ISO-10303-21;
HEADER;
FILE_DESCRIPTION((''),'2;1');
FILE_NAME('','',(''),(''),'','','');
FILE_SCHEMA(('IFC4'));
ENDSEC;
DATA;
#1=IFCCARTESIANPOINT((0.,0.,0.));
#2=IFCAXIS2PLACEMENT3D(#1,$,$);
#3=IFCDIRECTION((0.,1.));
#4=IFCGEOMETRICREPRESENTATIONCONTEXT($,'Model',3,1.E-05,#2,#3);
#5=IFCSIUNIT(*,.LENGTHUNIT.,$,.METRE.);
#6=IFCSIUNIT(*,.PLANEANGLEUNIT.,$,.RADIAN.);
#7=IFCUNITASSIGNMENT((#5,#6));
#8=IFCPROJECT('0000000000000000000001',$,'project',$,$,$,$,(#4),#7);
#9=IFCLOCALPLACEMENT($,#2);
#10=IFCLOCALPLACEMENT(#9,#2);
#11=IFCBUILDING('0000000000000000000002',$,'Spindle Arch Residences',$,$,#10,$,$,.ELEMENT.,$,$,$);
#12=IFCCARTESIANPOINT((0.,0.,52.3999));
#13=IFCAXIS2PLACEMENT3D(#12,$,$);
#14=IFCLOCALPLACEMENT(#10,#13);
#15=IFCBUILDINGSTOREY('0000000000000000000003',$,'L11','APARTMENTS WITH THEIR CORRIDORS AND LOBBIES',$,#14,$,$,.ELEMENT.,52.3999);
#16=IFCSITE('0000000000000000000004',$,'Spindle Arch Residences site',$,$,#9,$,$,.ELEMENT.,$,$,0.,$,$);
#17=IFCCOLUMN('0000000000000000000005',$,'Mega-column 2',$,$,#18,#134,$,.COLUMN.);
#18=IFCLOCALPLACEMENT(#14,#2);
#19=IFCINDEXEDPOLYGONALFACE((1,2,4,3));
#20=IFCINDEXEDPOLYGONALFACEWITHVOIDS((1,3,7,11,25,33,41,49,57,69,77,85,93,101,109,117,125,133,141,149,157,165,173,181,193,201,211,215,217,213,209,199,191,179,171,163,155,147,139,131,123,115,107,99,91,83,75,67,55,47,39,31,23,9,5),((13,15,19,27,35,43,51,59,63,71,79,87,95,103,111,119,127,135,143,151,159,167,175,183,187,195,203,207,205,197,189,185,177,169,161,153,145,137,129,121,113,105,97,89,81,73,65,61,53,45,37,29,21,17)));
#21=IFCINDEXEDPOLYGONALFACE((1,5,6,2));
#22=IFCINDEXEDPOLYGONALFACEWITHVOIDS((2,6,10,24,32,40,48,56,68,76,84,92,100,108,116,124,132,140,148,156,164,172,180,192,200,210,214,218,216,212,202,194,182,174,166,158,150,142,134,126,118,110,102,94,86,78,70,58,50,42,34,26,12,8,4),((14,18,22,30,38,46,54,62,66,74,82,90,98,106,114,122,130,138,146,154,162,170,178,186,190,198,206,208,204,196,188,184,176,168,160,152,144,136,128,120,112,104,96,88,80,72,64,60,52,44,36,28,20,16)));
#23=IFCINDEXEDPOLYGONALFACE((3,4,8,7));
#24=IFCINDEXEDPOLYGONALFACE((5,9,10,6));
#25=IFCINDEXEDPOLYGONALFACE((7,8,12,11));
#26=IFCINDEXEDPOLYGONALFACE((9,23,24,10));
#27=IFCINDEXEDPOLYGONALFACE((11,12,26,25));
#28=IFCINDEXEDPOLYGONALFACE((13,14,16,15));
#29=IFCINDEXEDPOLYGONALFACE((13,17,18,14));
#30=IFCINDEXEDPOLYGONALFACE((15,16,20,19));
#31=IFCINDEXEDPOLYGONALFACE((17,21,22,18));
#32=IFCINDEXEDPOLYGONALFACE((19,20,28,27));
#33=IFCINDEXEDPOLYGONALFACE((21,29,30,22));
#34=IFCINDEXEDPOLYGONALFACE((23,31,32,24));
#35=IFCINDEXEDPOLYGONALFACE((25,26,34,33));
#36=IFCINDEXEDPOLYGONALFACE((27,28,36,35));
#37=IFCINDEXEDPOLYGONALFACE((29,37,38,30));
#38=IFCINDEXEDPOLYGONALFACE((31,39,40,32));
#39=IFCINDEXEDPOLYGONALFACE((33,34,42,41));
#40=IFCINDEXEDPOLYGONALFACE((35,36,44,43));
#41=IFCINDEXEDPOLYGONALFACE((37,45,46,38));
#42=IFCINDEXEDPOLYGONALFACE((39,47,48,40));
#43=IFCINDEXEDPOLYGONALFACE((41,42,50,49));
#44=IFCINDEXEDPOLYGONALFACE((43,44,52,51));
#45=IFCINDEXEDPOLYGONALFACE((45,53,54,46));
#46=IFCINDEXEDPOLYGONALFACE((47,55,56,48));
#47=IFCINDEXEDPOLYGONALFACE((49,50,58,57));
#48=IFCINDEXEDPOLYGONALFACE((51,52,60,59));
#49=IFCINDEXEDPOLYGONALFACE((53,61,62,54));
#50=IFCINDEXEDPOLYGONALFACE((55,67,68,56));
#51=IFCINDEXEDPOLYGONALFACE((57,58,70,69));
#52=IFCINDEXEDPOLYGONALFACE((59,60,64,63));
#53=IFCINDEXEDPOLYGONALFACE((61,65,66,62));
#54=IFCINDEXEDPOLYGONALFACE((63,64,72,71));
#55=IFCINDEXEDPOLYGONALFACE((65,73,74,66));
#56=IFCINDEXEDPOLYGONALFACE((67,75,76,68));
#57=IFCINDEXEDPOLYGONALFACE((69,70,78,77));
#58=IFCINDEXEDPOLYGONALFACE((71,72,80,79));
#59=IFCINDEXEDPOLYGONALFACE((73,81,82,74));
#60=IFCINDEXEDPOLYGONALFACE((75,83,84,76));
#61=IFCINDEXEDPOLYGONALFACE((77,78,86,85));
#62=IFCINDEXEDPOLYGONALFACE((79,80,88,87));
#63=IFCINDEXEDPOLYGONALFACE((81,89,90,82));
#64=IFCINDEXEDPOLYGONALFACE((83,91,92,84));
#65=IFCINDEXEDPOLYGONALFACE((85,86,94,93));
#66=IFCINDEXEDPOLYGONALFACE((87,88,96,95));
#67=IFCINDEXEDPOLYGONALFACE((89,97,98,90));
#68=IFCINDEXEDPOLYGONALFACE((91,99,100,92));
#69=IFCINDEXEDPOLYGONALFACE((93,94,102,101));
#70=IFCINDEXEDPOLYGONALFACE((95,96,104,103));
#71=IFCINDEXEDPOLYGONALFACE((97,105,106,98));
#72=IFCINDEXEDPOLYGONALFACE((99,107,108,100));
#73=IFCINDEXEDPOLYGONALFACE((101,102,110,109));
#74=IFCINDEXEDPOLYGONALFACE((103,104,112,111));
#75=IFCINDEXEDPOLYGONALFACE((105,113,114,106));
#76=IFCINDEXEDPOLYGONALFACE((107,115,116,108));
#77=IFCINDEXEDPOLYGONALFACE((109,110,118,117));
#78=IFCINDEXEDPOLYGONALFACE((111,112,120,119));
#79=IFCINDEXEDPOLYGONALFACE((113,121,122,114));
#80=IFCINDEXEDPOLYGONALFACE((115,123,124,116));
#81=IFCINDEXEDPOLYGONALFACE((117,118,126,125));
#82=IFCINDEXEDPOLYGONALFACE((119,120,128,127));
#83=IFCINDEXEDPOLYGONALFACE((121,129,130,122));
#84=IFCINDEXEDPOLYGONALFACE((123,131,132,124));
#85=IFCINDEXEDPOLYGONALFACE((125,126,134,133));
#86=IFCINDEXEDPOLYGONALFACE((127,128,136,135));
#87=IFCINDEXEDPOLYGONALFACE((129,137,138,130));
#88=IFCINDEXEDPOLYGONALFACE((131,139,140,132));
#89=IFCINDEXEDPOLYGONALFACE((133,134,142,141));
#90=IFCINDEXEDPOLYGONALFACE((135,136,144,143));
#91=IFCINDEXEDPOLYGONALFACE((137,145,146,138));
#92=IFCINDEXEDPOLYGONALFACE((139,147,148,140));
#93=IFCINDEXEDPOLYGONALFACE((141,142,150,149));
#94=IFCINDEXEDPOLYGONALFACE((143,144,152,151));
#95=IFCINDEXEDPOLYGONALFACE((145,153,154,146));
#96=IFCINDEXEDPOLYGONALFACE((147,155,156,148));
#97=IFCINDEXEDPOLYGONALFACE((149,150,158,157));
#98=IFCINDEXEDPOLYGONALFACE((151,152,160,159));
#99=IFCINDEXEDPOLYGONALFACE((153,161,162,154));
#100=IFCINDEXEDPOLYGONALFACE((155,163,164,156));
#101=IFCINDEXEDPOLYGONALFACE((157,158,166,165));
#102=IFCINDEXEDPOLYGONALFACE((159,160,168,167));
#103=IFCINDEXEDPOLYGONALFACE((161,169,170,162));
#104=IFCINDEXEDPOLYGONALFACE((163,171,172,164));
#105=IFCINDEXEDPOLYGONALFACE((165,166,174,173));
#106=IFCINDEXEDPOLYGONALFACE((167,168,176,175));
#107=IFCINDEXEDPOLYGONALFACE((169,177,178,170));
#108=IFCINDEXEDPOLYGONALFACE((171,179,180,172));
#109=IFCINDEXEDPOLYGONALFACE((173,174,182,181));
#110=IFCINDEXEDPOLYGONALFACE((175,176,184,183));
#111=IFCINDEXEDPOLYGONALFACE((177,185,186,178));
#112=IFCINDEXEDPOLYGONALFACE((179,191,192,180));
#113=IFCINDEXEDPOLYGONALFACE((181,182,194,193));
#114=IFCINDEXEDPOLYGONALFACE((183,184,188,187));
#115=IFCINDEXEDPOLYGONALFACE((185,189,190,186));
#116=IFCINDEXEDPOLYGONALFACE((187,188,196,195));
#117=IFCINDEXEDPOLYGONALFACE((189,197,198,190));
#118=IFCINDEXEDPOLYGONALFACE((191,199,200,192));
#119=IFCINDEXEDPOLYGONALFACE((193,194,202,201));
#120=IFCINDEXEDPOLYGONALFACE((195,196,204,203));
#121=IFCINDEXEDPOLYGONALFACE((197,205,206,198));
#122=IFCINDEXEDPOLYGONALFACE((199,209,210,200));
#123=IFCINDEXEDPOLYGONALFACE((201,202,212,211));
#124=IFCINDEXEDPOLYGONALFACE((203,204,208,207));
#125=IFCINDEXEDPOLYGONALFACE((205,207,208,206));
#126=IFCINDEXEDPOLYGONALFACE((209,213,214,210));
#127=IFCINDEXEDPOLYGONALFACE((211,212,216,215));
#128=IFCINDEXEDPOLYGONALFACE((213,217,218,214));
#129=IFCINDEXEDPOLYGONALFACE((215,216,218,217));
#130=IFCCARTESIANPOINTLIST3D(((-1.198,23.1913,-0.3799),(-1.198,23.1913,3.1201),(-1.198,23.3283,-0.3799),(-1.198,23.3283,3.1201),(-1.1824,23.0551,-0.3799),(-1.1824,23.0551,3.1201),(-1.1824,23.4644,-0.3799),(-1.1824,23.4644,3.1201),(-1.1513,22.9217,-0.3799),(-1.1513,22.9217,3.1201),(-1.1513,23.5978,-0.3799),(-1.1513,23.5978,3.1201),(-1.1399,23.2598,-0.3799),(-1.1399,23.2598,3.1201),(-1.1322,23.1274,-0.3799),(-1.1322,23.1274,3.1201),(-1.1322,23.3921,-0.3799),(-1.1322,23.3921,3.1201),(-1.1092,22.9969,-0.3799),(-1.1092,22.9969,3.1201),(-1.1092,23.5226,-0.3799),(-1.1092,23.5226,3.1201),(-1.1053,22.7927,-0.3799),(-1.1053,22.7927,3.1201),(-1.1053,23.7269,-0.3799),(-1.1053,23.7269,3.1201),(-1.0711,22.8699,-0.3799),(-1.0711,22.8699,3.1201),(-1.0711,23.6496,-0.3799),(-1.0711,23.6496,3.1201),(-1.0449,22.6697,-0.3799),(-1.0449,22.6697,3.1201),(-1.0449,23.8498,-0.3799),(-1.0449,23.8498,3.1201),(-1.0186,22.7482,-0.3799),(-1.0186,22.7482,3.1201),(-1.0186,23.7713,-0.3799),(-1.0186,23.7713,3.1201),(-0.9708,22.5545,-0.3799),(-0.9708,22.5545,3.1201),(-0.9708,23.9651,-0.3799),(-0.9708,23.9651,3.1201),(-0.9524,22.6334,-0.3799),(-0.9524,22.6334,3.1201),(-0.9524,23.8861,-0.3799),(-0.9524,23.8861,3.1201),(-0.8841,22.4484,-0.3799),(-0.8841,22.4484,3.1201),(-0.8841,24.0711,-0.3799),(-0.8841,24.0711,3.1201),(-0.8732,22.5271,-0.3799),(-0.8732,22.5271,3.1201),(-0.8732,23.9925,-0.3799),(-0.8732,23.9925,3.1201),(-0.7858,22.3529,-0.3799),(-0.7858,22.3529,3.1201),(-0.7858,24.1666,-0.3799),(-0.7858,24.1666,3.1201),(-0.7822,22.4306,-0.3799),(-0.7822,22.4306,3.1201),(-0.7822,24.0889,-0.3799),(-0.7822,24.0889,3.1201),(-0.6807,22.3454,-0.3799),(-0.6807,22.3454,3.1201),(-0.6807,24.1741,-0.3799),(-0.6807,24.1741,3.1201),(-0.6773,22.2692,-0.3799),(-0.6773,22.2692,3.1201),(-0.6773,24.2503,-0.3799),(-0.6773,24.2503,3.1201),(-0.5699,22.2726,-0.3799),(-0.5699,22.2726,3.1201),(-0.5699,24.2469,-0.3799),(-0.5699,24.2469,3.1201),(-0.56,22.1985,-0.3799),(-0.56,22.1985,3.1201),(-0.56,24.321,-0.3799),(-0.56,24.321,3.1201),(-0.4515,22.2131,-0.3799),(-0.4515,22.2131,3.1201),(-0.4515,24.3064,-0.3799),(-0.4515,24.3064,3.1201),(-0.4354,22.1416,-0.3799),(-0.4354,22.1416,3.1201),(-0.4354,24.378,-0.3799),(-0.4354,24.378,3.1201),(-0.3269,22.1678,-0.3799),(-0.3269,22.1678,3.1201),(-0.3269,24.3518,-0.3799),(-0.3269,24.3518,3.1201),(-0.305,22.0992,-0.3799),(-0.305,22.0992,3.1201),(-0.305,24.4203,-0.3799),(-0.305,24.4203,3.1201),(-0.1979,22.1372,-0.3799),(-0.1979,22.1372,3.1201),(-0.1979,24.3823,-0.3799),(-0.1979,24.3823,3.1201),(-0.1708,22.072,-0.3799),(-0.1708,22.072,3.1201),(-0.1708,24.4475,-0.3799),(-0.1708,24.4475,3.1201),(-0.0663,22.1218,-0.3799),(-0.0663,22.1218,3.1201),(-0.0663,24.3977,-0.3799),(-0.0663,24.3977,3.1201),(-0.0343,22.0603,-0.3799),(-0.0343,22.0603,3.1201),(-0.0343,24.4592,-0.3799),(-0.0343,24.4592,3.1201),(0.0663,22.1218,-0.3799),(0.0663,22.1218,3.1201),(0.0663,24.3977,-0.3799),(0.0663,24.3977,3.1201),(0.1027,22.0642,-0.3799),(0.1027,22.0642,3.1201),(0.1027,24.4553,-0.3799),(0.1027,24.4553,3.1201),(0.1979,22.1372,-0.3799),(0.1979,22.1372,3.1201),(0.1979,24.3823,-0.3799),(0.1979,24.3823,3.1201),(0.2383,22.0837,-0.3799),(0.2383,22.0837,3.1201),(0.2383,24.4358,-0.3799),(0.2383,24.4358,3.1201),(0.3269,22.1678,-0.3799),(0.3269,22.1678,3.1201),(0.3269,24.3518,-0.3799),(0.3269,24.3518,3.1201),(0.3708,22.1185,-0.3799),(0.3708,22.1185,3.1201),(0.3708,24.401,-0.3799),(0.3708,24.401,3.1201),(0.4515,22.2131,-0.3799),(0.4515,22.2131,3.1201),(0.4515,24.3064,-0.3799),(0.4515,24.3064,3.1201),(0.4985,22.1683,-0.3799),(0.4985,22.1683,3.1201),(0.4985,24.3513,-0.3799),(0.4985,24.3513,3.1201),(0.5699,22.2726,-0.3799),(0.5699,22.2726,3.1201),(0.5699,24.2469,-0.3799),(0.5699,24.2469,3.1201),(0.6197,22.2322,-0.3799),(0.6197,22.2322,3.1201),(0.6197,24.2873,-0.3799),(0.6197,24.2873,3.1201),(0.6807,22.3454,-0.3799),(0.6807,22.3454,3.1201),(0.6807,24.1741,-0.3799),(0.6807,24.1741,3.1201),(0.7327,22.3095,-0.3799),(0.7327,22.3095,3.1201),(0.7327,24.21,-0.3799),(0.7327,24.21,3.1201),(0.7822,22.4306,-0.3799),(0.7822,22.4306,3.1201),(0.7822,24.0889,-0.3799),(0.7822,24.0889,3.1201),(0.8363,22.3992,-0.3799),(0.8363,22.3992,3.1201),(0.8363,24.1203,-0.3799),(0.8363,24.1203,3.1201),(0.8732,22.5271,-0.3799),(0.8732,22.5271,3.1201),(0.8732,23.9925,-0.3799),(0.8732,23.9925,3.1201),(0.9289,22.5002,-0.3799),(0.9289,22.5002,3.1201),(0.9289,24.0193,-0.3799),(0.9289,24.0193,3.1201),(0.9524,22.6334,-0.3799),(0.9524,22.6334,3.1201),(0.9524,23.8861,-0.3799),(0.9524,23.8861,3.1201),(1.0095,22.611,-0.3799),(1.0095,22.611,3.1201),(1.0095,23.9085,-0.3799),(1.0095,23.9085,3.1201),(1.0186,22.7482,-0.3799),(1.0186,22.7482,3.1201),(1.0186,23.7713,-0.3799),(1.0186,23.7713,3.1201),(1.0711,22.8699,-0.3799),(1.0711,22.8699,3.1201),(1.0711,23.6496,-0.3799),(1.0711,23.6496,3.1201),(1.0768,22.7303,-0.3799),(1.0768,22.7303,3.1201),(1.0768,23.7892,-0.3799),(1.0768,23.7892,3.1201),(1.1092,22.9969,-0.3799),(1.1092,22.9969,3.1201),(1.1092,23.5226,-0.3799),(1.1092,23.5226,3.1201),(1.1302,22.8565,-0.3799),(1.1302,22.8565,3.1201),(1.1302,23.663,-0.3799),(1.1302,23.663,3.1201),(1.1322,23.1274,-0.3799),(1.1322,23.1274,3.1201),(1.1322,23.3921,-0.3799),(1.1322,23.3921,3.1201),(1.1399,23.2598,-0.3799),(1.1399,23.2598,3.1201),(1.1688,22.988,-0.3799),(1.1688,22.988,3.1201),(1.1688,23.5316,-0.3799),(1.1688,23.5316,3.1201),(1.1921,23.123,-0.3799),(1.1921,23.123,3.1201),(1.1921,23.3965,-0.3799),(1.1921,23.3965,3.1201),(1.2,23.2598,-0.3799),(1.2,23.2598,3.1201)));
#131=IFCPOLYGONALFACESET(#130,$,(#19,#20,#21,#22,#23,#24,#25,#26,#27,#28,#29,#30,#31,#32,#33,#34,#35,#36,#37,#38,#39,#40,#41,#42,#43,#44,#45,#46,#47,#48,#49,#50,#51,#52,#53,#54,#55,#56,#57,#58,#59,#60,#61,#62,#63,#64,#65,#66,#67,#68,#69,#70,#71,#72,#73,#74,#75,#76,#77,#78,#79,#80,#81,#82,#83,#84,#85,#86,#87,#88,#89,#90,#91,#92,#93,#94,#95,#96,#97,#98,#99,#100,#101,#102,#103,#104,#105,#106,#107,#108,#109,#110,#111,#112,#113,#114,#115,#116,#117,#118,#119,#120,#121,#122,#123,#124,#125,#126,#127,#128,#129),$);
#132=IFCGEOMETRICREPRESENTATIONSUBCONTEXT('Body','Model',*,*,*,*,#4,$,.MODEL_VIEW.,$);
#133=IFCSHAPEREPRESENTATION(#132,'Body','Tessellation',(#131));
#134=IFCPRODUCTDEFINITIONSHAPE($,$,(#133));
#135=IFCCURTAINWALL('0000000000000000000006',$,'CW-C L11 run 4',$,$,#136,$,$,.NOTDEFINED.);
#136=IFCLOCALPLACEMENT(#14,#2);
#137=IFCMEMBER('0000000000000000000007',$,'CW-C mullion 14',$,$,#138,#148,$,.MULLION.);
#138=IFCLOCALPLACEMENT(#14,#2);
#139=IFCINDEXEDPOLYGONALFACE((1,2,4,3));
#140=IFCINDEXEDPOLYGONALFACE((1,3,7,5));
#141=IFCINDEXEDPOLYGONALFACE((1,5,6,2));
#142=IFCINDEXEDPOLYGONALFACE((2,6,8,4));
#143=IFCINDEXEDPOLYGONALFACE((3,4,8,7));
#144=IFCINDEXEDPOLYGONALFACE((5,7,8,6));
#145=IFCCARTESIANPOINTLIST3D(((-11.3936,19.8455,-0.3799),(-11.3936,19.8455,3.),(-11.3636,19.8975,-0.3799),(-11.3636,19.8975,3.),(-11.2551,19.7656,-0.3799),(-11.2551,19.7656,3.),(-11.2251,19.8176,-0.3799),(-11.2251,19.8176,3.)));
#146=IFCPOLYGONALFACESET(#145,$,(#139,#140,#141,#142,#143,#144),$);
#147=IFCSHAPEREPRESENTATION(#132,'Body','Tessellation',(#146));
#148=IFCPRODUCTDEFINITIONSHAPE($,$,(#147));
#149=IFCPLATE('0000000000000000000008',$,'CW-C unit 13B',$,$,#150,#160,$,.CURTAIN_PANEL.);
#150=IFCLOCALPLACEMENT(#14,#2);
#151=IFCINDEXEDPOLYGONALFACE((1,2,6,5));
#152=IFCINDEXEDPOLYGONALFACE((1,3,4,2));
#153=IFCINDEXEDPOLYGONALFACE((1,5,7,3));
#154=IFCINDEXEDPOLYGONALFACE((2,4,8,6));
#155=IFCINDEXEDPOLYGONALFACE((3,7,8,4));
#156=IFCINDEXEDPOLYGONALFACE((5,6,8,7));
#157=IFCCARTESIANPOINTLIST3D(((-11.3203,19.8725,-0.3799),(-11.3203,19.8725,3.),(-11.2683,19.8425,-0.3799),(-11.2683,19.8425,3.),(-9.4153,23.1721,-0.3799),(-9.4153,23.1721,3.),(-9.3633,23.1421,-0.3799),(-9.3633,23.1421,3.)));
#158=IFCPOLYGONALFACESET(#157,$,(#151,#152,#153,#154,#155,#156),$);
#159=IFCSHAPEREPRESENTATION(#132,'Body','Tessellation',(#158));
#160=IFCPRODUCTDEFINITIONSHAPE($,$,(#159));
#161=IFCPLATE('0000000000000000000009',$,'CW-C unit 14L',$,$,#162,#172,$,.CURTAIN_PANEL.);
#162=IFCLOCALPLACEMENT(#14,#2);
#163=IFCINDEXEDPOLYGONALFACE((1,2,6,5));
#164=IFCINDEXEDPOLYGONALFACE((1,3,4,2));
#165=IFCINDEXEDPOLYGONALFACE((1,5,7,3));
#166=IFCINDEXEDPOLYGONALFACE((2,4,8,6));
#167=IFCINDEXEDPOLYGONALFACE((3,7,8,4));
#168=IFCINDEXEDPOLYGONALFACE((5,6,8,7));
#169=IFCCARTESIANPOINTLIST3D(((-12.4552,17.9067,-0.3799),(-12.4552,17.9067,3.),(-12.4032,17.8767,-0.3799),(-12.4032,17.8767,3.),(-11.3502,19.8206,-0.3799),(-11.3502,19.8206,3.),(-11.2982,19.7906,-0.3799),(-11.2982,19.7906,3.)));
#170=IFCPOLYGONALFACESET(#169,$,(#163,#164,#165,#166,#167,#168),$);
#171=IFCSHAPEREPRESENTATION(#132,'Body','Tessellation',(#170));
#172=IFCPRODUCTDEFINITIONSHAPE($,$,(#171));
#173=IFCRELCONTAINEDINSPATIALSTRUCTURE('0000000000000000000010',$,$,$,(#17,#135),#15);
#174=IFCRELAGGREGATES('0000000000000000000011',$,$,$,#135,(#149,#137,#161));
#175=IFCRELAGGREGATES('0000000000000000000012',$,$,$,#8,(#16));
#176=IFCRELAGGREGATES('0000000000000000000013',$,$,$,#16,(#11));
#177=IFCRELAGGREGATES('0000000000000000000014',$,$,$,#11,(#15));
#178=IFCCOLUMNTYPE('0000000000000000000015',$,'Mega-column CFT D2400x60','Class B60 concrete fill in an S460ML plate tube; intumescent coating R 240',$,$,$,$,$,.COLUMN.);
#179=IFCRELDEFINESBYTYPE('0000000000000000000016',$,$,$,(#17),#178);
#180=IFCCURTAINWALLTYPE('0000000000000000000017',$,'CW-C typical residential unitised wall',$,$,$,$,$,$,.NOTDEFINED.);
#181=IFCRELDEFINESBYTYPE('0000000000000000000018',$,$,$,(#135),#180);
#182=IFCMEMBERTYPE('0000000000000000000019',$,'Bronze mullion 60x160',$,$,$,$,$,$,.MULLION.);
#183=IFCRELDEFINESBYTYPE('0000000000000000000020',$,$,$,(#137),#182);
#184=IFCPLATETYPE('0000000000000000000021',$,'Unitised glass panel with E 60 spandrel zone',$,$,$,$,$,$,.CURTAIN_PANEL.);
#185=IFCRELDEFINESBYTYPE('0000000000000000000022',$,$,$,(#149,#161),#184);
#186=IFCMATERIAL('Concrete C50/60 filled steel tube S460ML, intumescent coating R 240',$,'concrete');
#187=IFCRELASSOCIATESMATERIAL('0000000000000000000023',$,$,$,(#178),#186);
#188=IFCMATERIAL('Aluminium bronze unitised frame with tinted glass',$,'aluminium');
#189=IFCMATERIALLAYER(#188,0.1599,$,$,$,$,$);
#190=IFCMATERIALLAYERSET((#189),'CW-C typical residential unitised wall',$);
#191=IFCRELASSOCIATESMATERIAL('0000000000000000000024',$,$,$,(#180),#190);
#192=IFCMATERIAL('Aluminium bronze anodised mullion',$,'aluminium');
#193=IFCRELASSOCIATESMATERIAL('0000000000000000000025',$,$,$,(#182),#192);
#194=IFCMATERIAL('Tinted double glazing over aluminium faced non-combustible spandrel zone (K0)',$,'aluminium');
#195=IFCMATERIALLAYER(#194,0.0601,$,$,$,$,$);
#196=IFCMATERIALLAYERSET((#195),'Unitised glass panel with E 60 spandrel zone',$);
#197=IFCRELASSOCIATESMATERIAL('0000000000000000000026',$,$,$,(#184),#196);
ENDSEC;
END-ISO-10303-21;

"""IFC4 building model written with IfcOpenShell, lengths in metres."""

from ifc_helpers import new_model, si_unit, direction, frame, origin, origin_2d, place, context, subcontext, project, spatial, rectangle, hollow_circle, extrude, material, layer, layer_set, material_profile, profile_set, type_object, element, aggregate, save


model = new_model("IFC4")

# Units and contexts
model_context = context("Model", 3, precision=1e-05, world=origin(), true_north=direction((0.0, 1.0)))
body_context = subcontext(model_context, "Body", "Model", "MODEL_VIEW")
ifc_project = project(units=[si_unit("LENGTHUNIT", "METRE"), si_unit("PLANEANGLEUNIT", "RADIAN")], contexts=[model_context])

# Site, building, storey
site_placement = place(None, origin())
site = spatial("IfcSite", under=ifc_project, at=site_placement, Name="Spindle Arch Residences site", CompositionType="ELEMENT", RefElevation=0.0)
building_placement = place(site_placement, origin())
building = spatial("IfcBuilding", under=site, at=building_placement, Name="Spindle Arch Residences", CompositionType="ELEMENT")
storey_placement = place(building_placement, frame((0.0, 0.0, 52.3999)))
storey = spatial("IfcBuildingStorey", under=building, at=storey_placement, Name="L11", Description="APARTMENTS WITH THEIR CORRIDORS AND LOBBIES", CompositionType="ELEMENT", Elevation=52.3999)

# Column
ifc_material_1 = material(Name="Concrete C50/60 filled steel tube S460ML, intumescent coating R 240", Category="concrete")
ifc_material_profile_1 = material_profile(ifc_material_1, hollow_circle(Radius=1.2, WallThickness=0.0601, at=origin_2d()), Name="CFT D2400x60")
ifc_profile_set_1 = profile_set([ifc_material_profile_1], Name="Concrete C50/60 filled steel tube S460ML, intumescent coating R 240")
column_type = type_object("IfcColumnType", Name="Mega-column CFT D2400x60", Description="Class B60 concrete fill in an S460ML plate tube; intumescent coating R 240", PredefinedType="COLUMN", material=ifc_profile_set_1)
column_placement = place(storey_placement, frame((0.0, 23.2598, -0.3799), z_axis=(0.0, 0.0, 1.0), x_axis=(1.0, 0.0, 0.0)))
element("IfcColumn", 1, at=column_placement, inside=storey, type_object=column_type, Name="Mega-column 2", PredefinedType="COLUMN", context=body_context, shape_type="SweptSolid", body=[
    extrude(hollow_circle(Radius=1.2, WallThickness=0.0601, at=origin_2d()), origin(), (0.0, 0.0, 1.0), 3.5),
])

# Curtain wall, member, plates
ifc_material_2 = material(Name="Aluminium bronze unitised frame with tinted glass", Category="aluminium")
ifc_layer_1 = layer(ifc_material_2, 0.1599)
ifc_layer_set_1 = layer_set([ifc_layer_1], Name="CW-C typical residential unitised wall")
curtain_wall_type = type_object("IfcCurtainWallType", Name="CW-C typical residential unitised wall", PredefinedType="NOTDEFINED", material=ifc_layer_set_1)
curtain_wall_placement = place(storey_placement, origin())
curtain_wall = element("IfcCurtainWall", 2, at=curtain_wall_placement, inside=storey, type_object=curtain_wall_type, Name="CW-C L11 run 4", PredefinedType="NOTDEFINED")
ifc_material_3 = material(Name="Aluminium bronze anodised mullion", Category="aluminium")
ifc_material_profile_2 = material_profile(ifc_material_3, rectangle(XDim=0.1599, YDim=0.0601, at=origin_2d()), Name="MU 60x160")
ifc_profile_set_2 = profile_set([ifc_material_profile_2], Name="Aluminium bronze anodised mullion")
member_type = type_object("IfcMemberType", Name="Bronze mullion 60x160", PredefinedType="MULLION", material=ifc_profile_set_2)
member_placement = place(storey_placement, frame((-11.3093, 19.8315, -0.3799), z_axis=(0.0, 0.0, 1.0), x_axis=(0.866025, -0.5, 0.0)))
member = element("IfcMember", 3, at=member_placement, type_object=member_type, Name="CW-C mullion 14", PredefinedType="MULLION", context=body_context, shape_type="SweptSolid", body=[
    extrude(rectangle(XDim=0.1599, YDim=0.0601, at=origin_2d()), origin(), (0.0, 0.0, 1.0), 3.3799),
])
ifc_material_4 = material(Name="Tinted double glazing over aluminium faced non-combustible spandrel zone (K0)", Category="aluminium")
ifc_layer_2 = layer(ifc_material_4, 0.0601)
ifc_layer_set_2 = layer_set([ifc_layer_2], Name="Unitised glass panel with E 60 spandrel zone")
plate_type = type_object("IfcPlateType", Name="Unitised glass panel with E 60 spandrel zone", PredefinedType="CURTAIN_PANEL", material=ifc_layer_set_2)
plate_1_placement = place(storey_placement, frame((-10.3418, 21.5073, -0.3799), z_axis=(0.0, 0.0, 1.0), x_axis=(-0.5, -0.866025, 0.0)))
plate_1 = element("IfcPlate", 4, at=plate_1_placement, type_object=plate_type, Name="CW-C unit 13B", PredefinedType="CURTAIN_PANEL", context=body_context, shape_type="SweptSolid", body=[
    extrude(rectangle(XDim=3.8101, YDim=0.0601, at=origin_2d()), origin(), (0.0, 0.0, 1.0), 3.3799),
])
plate_2_placement = place(storey_placement, frame((-11.8767, 18.8486, -0.3799), z_axis=(0.0, 0.0, 1.0), x_axis=(-0.5, -0.866025, 0.0)))
plate_2 = element("IfcPlate", 5, at=plate_2_placement, type_object=plate_type, Name="CW-C unit 14L", PredefinedType="CURTAIN_PANEL", context=body_context, shape_type="SweptSolid", body=[
    extrude(rectangle(XDim=2.21, YDim=0.0601, at=origin_2d()), origin(), (0.0, 0.0, 1.0), 3.3799),
])
aggregate(curtain_wall, [plate_1, member, plate_2])

save(model, "model.ifc")
